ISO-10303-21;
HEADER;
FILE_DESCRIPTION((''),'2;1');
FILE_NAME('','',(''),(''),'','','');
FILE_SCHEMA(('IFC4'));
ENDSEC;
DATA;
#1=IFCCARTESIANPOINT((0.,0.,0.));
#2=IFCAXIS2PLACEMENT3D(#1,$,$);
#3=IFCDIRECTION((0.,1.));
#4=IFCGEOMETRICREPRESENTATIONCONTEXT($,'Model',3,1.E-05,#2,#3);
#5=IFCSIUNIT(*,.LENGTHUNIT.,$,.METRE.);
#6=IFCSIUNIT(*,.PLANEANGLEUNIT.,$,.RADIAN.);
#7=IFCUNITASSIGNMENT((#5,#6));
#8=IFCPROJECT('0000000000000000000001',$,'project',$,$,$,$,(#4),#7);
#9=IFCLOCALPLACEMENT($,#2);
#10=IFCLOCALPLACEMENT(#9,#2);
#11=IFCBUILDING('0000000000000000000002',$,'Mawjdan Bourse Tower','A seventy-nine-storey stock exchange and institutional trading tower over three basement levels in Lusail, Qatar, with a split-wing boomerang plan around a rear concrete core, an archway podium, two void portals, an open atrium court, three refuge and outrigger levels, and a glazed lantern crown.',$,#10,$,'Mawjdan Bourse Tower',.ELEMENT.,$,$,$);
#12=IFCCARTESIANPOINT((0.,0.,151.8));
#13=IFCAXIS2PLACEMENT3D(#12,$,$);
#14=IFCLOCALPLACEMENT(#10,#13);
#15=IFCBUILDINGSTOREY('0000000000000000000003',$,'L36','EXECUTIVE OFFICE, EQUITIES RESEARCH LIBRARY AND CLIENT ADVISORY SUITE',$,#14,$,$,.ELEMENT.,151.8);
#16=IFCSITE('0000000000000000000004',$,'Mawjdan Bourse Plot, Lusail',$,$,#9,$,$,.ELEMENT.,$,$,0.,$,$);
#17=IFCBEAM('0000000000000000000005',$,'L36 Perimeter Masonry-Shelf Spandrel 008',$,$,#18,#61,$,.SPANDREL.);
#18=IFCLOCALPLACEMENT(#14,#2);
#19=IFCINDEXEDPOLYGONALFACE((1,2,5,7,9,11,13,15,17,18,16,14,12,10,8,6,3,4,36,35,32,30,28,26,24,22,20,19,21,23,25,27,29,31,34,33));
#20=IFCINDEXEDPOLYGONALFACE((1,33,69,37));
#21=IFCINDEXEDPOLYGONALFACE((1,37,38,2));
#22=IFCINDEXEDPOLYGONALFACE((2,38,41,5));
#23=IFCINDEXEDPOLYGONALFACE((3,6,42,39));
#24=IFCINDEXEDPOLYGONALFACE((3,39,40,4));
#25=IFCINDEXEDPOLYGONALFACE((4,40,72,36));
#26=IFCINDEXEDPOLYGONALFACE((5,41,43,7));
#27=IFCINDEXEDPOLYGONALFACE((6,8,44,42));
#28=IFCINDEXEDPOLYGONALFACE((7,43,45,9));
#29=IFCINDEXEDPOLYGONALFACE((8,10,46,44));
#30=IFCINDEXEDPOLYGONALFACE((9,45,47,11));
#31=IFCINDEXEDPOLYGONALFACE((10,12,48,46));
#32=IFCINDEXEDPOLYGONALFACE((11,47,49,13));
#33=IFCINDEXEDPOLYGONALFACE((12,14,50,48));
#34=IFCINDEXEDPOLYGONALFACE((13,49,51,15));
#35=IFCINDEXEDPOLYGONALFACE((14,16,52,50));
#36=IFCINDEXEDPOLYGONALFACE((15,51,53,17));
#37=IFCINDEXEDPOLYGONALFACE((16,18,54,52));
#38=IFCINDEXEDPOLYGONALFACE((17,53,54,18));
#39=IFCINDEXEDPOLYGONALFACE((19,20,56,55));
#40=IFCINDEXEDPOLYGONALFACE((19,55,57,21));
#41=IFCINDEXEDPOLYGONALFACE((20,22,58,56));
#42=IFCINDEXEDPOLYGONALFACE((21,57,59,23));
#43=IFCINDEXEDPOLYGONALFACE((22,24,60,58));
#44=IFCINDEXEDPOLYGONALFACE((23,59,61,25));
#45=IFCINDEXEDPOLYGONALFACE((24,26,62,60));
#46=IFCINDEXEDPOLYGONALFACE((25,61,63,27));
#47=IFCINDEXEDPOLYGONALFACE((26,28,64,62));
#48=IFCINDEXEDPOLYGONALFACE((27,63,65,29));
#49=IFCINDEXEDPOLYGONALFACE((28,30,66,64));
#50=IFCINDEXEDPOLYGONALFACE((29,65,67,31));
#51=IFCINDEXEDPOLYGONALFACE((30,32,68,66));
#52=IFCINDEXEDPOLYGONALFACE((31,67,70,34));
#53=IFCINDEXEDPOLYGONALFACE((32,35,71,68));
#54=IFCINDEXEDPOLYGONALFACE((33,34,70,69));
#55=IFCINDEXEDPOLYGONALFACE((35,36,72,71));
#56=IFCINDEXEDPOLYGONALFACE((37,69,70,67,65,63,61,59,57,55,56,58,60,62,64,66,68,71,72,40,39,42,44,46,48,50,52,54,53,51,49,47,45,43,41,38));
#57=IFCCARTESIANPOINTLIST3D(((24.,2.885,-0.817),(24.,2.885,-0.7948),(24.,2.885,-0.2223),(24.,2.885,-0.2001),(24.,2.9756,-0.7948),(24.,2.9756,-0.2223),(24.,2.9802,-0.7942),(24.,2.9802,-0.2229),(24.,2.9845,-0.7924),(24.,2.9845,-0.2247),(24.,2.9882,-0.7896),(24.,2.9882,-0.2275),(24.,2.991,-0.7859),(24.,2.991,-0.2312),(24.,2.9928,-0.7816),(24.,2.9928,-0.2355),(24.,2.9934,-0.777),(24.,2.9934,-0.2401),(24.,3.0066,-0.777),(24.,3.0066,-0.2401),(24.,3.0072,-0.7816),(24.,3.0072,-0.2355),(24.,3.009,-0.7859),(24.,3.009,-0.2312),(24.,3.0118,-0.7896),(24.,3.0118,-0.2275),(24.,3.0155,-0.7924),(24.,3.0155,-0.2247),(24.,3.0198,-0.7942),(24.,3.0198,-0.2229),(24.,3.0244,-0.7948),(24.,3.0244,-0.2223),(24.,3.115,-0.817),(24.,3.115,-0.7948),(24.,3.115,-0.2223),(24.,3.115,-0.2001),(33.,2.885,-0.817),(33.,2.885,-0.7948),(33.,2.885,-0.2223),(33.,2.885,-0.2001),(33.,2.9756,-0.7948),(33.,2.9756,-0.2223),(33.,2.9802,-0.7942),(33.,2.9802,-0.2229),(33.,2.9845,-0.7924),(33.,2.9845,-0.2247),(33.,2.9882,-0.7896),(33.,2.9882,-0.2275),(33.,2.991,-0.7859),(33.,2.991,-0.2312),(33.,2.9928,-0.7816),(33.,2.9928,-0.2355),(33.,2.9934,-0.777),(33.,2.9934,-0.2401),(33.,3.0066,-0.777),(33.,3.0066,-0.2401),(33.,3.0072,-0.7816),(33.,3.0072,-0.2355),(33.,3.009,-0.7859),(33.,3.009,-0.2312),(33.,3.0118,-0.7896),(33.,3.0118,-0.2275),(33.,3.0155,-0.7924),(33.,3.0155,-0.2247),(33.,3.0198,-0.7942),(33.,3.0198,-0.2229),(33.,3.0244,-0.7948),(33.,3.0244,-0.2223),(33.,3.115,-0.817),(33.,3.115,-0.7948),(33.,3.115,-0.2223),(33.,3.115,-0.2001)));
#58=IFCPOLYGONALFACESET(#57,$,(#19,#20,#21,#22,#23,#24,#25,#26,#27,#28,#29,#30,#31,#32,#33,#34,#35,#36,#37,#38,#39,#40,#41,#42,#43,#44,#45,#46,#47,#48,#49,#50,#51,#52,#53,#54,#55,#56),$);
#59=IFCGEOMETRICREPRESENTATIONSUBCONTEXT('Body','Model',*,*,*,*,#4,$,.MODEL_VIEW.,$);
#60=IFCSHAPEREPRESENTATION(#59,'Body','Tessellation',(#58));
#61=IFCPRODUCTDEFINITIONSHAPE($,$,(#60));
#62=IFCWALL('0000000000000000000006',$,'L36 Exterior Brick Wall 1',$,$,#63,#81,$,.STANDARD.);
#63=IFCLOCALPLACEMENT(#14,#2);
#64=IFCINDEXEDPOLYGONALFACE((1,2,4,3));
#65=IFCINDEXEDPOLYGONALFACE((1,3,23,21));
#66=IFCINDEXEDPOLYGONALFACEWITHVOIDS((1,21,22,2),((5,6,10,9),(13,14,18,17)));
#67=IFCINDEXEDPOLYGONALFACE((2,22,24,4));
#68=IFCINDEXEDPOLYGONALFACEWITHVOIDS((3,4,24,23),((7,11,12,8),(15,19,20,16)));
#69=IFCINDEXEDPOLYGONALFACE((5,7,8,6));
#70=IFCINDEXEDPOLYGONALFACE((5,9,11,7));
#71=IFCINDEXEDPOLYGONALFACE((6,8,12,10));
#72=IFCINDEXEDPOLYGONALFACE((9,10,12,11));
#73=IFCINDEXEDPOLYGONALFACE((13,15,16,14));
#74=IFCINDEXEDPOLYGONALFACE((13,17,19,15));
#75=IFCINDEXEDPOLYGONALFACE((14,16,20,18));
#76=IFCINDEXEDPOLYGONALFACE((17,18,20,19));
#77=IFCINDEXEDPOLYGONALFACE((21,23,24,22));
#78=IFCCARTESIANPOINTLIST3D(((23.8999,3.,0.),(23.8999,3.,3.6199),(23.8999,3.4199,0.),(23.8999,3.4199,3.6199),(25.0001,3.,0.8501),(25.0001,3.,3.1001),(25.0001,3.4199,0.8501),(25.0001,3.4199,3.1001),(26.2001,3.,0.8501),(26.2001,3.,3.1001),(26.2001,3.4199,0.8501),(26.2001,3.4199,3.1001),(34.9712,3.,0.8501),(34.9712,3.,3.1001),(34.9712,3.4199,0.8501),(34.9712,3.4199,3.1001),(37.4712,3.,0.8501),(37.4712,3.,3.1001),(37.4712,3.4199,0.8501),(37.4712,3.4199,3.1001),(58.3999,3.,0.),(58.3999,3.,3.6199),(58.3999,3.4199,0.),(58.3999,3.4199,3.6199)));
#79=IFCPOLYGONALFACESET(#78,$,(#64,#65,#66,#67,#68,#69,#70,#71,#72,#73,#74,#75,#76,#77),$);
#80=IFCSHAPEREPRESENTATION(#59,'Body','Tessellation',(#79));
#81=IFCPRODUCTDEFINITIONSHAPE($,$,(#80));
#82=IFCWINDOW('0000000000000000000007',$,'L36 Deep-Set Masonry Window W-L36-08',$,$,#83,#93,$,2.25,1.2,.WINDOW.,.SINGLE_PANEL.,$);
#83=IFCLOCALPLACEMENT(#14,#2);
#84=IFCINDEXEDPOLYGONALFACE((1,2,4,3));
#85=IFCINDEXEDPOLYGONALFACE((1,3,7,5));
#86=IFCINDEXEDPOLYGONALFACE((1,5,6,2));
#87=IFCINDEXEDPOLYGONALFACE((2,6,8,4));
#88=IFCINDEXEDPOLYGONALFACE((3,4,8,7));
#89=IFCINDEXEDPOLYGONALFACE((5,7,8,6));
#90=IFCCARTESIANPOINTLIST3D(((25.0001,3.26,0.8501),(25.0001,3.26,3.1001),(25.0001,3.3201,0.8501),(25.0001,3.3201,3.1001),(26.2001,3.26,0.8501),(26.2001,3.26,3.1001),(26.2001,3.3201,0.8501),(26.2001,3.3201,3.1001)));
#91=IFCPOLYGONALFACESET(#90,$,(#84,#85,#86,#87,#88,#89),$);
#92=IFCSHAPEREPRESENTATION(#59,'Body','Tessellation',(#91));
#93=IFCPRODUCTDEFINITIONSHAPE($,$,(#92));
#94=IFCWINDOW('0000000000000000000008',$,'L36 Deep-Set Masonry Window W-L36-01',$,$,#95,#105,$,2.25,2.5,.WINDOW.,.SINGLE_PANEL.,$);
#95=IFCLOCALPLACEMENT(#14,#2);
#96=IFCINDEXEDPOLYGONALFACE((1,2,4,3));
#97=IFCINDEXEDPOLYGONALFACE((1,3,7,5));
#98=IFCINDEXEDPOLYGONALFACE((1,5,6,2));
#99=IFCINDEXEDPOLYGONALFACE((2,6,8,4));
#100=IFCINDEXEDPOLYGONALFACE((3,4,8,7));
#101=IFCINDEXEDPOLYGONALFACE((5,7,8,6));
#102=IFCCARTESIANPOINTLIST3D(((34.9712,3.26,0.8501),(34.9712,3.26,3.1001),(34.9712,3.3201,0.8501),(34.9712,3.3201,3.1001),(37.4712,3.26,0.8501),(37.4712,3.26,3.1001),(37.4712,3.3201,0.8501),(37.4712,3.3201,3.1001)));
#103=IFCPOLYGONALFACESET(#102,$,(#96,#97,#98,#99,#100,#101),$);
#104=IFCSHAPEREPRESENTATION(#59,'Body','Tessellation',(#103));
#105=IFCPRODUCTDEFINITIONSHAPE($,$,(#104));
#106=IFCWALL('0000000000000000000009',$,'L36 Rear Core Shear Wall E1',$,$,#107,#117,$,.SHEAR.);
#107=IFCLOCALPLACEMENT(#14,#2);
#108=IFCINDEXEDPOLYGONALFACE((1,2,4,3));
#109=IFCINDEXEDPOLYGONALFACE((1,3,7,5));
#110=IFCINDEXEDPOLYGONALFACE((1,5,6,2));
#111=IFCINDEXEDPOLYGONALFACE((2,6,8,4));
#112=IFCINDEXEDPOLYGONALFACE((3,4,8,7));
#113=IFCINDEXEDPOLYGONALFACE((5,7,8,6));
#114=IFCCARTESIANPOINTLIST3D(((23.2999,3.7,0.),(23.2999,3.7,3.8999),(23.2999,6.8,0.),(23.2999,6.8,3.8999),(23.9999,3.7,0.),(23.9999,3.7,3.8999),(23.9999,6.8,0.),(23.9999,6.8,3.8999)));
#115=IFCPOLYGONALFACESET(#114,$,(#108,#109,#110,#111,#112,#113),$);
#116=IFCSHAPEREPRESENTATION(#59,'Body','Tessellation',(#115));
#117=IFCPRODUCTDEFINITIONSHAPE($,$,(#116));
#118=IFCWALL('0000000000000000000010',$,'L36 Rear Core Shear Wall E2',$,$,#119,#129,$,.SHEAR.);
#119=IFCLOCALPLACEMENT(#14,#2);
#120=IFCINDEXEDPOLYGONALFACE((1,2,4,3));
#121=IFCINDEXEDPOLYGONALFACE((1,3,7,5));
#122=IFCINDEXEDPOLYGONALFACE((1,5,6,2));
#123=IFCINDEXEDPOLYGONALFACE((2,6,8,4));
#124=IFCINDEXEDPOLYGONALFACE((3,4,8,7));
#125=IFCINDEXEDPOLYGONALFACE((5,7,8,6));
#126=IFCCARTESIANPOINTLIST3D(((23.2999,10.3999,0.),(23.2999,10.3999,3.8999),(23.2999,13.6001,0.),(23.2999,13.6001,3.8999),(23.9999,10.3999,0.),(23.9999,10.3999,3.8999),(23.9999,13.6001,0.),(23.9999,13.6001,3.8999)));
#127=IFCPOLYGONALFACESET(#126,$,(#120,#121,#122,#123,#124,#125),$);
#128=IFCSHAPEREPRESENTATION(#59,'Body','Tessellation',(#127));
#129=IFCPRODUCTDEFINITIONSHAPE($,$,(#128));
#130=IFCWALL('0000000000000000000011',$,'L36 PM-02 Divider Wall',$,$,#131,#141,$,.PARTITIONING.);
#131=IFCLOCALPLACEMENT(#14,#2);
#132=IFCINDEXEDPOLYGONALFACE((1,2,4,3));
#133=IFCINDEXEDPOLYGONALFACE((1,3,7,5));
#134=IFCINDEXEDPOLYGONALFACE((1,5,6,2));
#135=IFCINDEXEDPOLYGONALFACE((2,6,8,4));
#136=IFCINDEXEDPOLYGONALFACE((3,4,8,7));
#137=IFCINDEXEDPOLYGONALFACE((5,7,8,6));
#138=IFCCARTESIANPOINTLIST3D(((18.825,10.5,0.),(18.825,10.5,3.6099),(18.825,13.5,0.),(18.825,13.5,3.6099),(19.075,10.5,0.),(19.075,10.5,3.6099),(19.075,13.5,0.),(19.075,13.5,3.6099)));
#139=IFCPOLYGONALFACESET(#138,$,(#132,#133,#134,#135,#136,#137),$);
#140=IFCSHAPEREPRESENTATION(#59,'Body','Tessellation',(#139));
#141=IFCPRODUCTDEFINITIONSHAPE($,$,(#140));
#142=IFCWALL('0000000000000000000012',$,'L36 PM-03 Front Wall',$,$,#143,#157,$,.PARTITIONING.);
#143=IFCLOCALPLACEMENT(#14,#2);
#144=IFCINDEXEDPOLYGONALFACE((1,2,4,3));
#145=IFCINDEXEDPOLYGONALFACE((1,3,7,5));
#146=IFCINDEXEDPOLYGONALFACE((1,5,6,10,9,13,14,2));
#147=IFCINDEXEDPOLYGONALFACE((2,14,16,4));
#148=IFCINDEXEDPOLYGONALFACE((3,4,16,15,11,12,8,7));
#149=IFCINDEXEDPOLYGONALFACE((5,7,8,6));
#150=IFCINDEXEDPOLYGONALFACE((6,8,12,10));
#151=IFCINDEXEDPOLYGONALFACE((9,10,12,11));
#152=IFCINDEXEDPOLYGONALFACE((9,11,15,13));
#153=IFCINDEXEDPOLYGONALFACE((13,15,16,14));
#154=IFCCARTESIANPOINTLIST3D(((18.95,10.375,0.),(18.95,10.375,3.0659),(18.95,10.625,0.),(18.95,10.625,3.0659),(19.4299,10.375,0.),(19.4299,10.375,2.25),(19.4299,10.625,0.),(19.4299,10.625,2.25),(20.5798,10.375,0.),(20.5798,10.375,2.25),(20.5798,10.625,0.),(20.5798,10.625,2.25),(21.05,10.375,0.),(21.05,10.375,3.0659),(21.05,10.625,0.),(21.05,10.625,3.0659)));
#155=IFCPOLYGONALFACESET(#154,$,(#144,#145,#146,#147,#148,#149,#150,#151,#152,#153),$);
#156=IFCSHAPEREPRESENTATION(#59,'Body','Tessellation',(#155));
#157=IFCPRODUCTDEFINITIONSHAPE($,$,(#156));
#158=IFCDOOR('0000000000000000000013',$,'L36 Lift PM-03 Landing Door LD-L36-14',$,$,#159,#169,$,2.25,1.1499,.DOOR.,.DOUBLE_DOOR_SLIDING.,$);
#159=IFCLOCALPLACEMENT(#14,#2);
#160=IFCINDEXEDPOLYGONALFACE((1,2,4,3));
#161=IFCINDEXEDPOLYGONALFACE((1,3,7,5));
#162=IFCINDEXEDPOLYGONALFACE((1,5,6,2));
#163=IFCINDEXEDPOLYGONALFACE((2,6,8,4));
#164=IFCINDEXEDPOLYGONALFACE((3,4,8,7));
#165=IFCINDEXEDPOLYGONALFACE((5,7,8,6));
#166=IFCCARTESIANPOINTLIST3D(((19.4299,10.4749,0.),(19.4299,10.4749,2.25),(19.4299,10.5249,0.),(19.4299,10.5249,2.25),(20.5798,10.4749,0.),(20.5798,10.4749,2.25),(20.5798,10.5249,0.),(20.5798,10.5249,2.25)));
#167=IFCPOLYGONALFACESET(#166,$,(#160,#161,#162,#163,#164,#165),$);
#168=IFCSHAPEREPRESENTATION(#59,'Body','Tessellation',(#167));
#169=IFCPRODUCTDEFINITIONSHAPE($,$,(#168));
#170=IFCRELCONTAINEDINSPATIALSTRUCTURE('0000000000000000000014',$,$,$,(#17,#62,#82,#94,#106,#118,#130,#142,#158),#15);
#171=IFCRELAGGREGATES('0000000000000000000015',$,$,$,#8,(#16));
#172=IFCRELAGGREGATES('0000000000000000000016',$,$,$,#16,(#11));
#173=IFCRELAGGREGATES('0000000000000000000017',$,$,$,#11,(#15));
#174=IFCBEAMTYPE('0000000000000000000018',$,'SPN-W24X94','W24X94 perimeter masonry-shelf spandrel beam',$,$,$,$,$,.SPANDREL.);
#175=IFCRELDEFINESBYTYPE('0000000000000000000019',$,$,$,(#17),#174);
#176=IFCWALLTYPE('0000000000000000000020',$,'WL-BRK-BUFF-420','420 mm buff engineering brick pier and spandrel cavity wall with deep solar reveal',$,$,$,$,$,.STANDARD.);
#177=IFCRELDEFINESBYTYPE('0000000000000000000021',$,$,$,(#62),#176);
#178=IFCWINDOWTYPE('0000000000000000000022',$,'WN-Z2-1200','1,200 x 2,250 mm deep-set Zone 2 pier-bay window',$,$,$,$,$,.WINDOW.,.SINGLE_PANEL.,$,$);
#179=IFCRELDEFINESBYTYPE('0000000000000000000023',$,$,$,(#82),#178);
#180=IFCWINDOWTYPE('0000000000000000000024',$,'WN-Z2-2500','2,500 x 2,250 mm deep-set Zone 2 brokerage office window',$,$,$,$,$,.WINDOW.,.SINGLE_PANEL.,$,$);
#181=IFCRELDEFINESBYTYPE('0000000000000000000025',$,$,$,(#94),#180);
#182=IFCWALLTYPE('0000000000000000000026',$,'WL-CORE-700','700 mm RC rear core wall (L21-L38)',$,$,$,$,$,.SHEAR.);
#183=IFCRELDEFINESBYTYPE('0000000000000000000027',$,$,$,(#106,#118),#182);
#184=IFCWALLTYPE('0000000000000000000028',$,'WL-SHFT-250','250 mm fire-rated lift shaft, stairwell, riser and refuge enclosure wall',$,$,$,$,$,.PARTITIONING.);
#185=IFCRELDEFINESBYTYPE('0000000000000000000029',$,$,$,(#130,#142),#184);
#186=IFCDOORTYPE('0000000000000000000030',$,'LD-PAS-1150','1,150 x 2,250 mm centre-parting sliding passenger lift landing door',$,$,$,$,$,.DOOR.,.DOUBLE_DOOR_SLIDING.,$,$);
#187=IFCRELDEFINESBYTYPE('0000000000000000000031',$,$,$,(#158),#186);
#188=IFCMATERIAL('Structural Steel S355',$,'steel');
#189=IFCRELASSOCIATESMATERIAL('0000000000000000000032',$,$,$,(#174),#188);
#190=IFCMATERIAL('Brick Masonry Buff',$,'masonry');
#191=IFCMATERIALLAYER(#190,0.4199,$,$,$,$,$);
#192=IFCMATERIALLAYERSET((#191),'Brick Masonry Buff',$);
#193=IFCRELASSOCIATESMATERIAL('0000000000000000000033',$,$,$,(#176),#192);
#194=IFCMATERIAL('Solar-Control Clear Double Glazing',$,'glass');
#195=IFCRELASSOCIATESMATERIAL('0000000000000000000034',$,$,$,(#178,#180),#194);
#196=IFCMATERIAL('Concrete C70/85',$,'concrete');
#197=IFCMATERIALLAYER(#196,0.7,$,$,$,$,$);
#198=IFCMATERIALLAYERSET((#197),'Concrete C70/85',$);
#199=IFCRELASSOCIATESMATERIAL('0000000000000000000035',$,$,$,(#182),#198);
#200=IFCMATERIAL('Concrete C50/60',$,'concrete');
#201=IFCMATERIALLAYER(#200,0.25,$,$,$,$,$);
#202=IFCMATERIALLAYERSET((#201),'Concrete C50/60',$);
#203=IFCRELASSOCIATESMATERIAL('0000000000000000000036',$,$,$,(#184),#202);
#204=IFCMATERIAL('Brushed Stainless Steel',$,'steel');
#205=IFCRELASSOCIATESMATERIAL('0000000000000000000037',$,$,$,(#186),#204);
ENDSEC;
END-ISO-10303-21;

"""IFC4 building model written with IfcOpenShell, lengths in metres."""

from ifc_helpers import new_model, si_unit, direction, frame, frame_2d, origin, origin_2d, place, context, subcontext, project, spatial, rectangle, i_section, extrude, material, layer, layer_set, material_profile, profile_set, type_object, element, fill, save


model = new_model("IFC4")

# Units and contexts
model_context = context("Model", 3, precision=1e-05, world=origin(), true_north=direction((0.0, 1.0)))
body_context = subcontext(model_context, "Body", "Model", "MODEL_VIEW")
ifc_project = project(units=[si_unit("LENGTHUNIT", "METRE"), si_unit("PLANEANGLEUNIT", "RADIAN")], contexts=[model_context])

# Site, building, storey
site_placement = place(None, origin())
site = spatial("IfcSite", under=ifc_project, at=site_placement, Name="Mawjdan Bourse Plot, Lusail", CompositionType="ELEMENT", RefElevation=0.0)
building_placement = place(site_placement, origin())
building = spatial("IfcBuilding", under=site, at=building_placement, Name="Mawjdan Bourse Tower", Description="A seventy-nine-storey stock exchange and institutional trading tower over three basement levels in Lusail, Qatar, with a split-wing boomerang plan around a rear concrete core, an archway podium, two void portals, an open atrium court, three refuge and outrigger levels, and a glazed lantern crown.", LongName="Mawjdan Bourse Tower", CompositionType="ELEMENT")
storey_placement = place(building_placement, frame((0.0, 0.0, 151.8)))
storey = spatial("IfcBuildingStorey", under=building, at=storey_placement, Name="L36", Description="EXECUTIVE OFFICE, EQUITIES RESEARCH LIBRARY AND CLIENT ADVISORY SUITE", CompositionType="ELEMENT", Elevation=151.8)

# Shared definitions
ifc_material_1 = material(Name="Concrete C70/85", Category="concrete")

# Beam
ifc_material_2 = material(Name="Structural Steel S355", Category="steel")
ifc_material_profile_1 = material_profile(ifc_material_2, i_section(OverallWidth=0.23, OverallDepth=0.6169, WebThickness=0.0132, FlangeThickness=0.0222, FilletRadius=0.0178, at=origin_2d()), Name="W24X94")
ifc_profile_set_1 = profile_set([ifc_material_profile_1], Name="Structural Steel S355")
beam_type_1 = type_object("IfcBeamType", Name="SPN-W24X94", Description="W24X94 perimeter masonry-shelf spandrel beam", PredefinedType="SPANDREL", material=ifc_profile_set_1)
beam_1_placement = place(storey_placement, frame((24.0, 3.0, -0.5085), z_axis=(1.0, 0.0, 0.0), x_axis=(0.0, 1.0, 0.0)))
element("IfcBeam", 1, at=beam_1_placement, inside=storey, type_object=beam_type_1, Name="L36 Perimeter Masonry-Shelf Spandrel 008", PredefinedType="SPANDREL", context=body_context, shape_type="SweptSolid", body=[
    extrude(i_section(OverallWidth=0.23, OverallDepth=0.6169, WebThickness=0.0132, FlangeThickness=0.0222, FilletRadius=0.0178, at=origin_2d()), origin(), (0.0, 0.0, 1.0), 9.0),
])

# Wall, openings, windows
ifc_material_3 = material(Name="Brick Masonry Buff", Category="masonry")
ifc_layer_1 = layer(ifc_material_3, 0.4199)
ifc_layer_set_1 = layer_set([ifc_layer_1], Name="Brick Masonry Buff")
wall_type_1 = type_object("IfcWallType", Name="WL-BRK-BUFF-420", Description="420 mm buff engineering brick pier and spandrel cavity wall with deep solar reveal", PredefinedType="STANDARD", material=ifc_layer_set_1)
wall_1_placement = place(storey_placement, frame((23.8999, 3.21, 0.0), z_axis=(0.0, 0.0, 1.0), x_axis=(1.0, 0.0, 0.0)))
wall_1 = element("IfcWall", 2, at=wall_1_placement, inside=storey, type_object=wall_type_1, Name="L36 Exterior Brick Wall 1", PredefinedType="STANDARD", context=body_context, shape_type="SweptSolid", body=[
    extrude(rectangle(XDim=34.5, YDim=0.4199, at=frame_2d((17.25, 0.0))), origin(), (0.0, 0.0, 1.0), 3.6199),
])
opening_1_placement = place(wall_1_placement, frame((11.0713, 0.0, 0.8501)))
opening_1 = element("IfcOpeningElement", 3, at=opening_1_placement, cuts=wall_1, PredefinedType="OPENING", context=body_context, shape_type="SweptSolid", body=[
    extrude(rectangle(XDim=2.5, YDim=2.25, at=frame_2d((1.25, 1.125))), frame((0.0, 0.22, 0.0), z_axis=(0.0, -1.0, 0.0), x_axis=(1.0, 0.0, 0.0)), (0.0, 0.0, 1.0), 0.4399),
])
opening_2_placement = place(wall_1_placement, frame((1.1001, 0.0, 0.8501)))
opening_2 = element("IfcOpeningElement", 4, at=opening_2_placement, cuts=wall_1, PredefinedType="OPENING", context=body_context, shape_type="SweptSolid", body=[
    extrude(rectangle(XDim=1.2, YDim=2.25, at=frame_2d((0.6001, 1.125))), frame((0.0, 0.22, 0.0), z_axis=(0.0, -1.0, 0.0), x_axis=(1.0, 0.0, 0.0)), (0.0, 0.0, 1.0), 0.4399),
])
ifc_material_4 = material(Name="Solar-Control Clear Double Glazing", Category="glass")
window_type_1 = type_object("IfcWindowType", Name="WN-Z2-1200", Description="1,200 x 2,250 mm deep-set Zone 2 pier-bay window", PartitioningType="SINGLE_PANEL", PredefinedType="WINDOW", material=ifc_material_4)
window_1_placement = place(opening_2_placement, origin())
window_1 = element("IfcWindow", 5, at=window_1_placement, inside=storey, type_object=window_type_1, Name="L36 Deep-Set Masonry Window W-L36-08", OverallHeight=2.25, OverallWidth=1.2, PartitioningType="SINGLE_PANEL", PredefinedType="WINDOW", context=body_context, shape_type="SweptSolid", body=[
    extrude(rectangle(XDim=1.2, YDim=2.25, at=frame_2d((0.6001, 1.125))), frame((0.0, 0.1101, 0.0), z_axis=(0.0, -1.0, 0.0), x_axis=(1.0, 0.0, 0.0)), (0.0, 0.0, 1.0), 0.0601),
])
fill(opening_2, window_1)
window_type_2 = type_object("IfcWindowType", Name="WN-Z2-2500", Description="2,500 x 2,250 mm deep-set Zone 2 brokerage office window", PartitioningType="SINGLE_PANEL", PredefinedType="WINDOW", material=ifc_material_4)
window_2_placement = place(opening_1_placement, origin())
window_2 = element("IfcWindow", 6, at=window_2_placement, inside=storey, type_object=window_type_2, Name="L36 Deep-Set Masonry Window W-L36-01", OverallHeight=2.25, OverallWidth=2.5, PartitioningType="SINGLE_PANEL", PredefinedType="WINDOW", context=body_context, shape_type="SweptSolid", body=[
    extrude(rectangle(XDim=2.5, YDim=2.25, at=frame_2d((1.25, 1.125))), frame((0.0, 0.1101, 0.0), z_axis=(0.0, -1.0, 0.0), x_axis=(1.0, 0.0, 0.0)), (0.0, 0.0, 1.0), 0.0601),
])
fill(opening_1, window_2)

# Walls
ifc_layer_2 = layer(ifc_material_1, 0.7)
ifc_layer_set_2 = layer_set([ifc_layer_2], Name="Concrete C70/85")
wall_type_2 = type_object("IfcWallType", Name="WL-CORE-700", Description="700 mm RC rear core wall (L21-L38)", PredefinedType="SHEAR", material=ifc_layer_set_2)
wall_2_placement = place(storey_placement, frame((23.6499, 3.7, 0.0), z_axis=(0.0, 0.0, 1.0), x_axis=(0.0, 1.0, 0.0)))
element("IfcWall", 7, at=wall_2_placement, inside=storey, type_object=wall_type_2, Name="L36 Rear Core Shear Wall E1", PredefinedType="SHEAR", context=body_context, shape_type="SweptSolid", body=[
    extrude(rectangle(XDim=3.1001, YDim=0.7, at=frame_2d((1.55, 0.0))), origin(), (0.0, 0.0, 1.0), 3.8999),
])
wall_3_placement = place(storey_placement, frame((23.6499, 10.3999, 0.0), z_axis=(0.0, 0.0, 1.0), x_axis=(0.0, 1.0, 0.0)))
element("IfcWall", 8, at=wall_3_placement, inside=storey, type_object=wall_type_2, Name="L36 Rear Core Shear Wall E2", PredefinedType="SHEAR", context=body_context, shape_type="SweptSolid", body=[
    extrude(rectangle(XDim=3.2002, YDim=0.7, at=frame_2d((1.6001, 0.0))), origin(), (0.0, 0.0, 1.0), 3.8999),
])
ifc_material_5 = material(Name="Concrete C50/60", Category="concrete")
ifc_layer_3 = layer(ifc_material_5, 0.25)
ifc_layer_set_3 = layer_set([ifc_layer_3], Name="Concrete C50/60")
wall_type_3 = type_object("IfcWallType", Name="WL-SHFT-250", Description="250 mm fire-rated lift shaft, stairwell, riser and refuge enclosure wall", PredefinedType="PARTITIONING", material=ifc_layer_set_3)
wall_4_placement = place(storey_placement, frame((18.95, 10.5, 0.0), z_axis=(0.0, 0.0, 1.0), x_axis=(0.0, 1.0, 0.0)))
element("IfcWall", 9, at=wall_4_placement, inside=storey, type_object=wall_type_3, Name="L36 PM-02 Divider Wall", PredefinedType="PARTITIONING", context=body_context, shape_type="SweptSolid", body=[
    extrude(rectangle(XDim=3.0, YDim=0.25, at=frame_2d((1.5, 0.0))), origin(), (0.0, 0.0, 1.0), 3.6099),
])

# Wall, opening, door
wall_5_placement = place(storey_placement, frame((18.95, 10.5, 0.0), z_axis=(0.0, 0.0, 1.0), x_axis=(1.0, 0.0, 0.0)))
wall_5 = element("IfcWall", 10, at=wall_5_placement, inside=storey, type_object=wall_type_3, Name="L36 PM-03 Front Wall", PredefinedType="PARTITIONING", context=body_context, shape_type="SweptSolid", body=[
    extrude(rectangle(XDim=2.1001, YDim=0.25, at=frame_2d((1.05, 0.0))), origin(), (0.0, 0.0, 1.0), 3.0659),
])
opening_3_placement = place(wall_5_placement, frame((0.48, 0.0, 0.0)))
opening_3 = element("IfcOpeningElement", 11, at=opening_3_placement, cuts=wall_5, PredefinedType="OPENING", context=body_context, shape_type="SweptSolid", body=[
    extrude(rectangle(XDim=1.1499, YDim=2.25, at=frame_2d((0.575, 1.125))), frame((0.0, 0.135, 0.0), z_axis=(0.0, -1.0, 0.0), x_axis=(1.0, 0.0, 0.0)), (0.0, 0.0, 1.0), 0.27),
])
ifc_material_6 = material(Name="Brushed Stainless Steel", Category="steel")
door_type_1 = type_object("IfcDoorType", Name="LD-PAS-1150", Description="1,150 x 2,250 mm centre-parting sliding passenger lift landing door", OperationType="DOUBLE_DOOR_SLIDING", PredefinedType="DOOR", material=ifc_material_6)
door_1_placement = place(opening_3_placement, origin())
door_1 = element("IfcDoor", 12, at=door_1_placement, inside=storey, type_object=door_type_1, Name="L36 Lift PM-03 Landing Door LD-L36-14", OperationType="DOUBLE_DOOR_SLIDING", OverallHeight=2.25, OverallWidth=1.1499, PredefinedType="DOOR", context=body_context, shape_type="SweptSolid", body=[
    extrude(rectangle(XDim=1.1499, YDim=2.25, at=frame_2d((0.575, 1.125))), frame((0.0, 0.0249, 0.0), z_axis=(0.0, -1.0, 0.0), x_axis=(1.0, 0.0, 0.0)), (0.0, 0.0, 1.0), 0.05),
])
fill(opening_3, door_1)

save(model, "model.ifc")
